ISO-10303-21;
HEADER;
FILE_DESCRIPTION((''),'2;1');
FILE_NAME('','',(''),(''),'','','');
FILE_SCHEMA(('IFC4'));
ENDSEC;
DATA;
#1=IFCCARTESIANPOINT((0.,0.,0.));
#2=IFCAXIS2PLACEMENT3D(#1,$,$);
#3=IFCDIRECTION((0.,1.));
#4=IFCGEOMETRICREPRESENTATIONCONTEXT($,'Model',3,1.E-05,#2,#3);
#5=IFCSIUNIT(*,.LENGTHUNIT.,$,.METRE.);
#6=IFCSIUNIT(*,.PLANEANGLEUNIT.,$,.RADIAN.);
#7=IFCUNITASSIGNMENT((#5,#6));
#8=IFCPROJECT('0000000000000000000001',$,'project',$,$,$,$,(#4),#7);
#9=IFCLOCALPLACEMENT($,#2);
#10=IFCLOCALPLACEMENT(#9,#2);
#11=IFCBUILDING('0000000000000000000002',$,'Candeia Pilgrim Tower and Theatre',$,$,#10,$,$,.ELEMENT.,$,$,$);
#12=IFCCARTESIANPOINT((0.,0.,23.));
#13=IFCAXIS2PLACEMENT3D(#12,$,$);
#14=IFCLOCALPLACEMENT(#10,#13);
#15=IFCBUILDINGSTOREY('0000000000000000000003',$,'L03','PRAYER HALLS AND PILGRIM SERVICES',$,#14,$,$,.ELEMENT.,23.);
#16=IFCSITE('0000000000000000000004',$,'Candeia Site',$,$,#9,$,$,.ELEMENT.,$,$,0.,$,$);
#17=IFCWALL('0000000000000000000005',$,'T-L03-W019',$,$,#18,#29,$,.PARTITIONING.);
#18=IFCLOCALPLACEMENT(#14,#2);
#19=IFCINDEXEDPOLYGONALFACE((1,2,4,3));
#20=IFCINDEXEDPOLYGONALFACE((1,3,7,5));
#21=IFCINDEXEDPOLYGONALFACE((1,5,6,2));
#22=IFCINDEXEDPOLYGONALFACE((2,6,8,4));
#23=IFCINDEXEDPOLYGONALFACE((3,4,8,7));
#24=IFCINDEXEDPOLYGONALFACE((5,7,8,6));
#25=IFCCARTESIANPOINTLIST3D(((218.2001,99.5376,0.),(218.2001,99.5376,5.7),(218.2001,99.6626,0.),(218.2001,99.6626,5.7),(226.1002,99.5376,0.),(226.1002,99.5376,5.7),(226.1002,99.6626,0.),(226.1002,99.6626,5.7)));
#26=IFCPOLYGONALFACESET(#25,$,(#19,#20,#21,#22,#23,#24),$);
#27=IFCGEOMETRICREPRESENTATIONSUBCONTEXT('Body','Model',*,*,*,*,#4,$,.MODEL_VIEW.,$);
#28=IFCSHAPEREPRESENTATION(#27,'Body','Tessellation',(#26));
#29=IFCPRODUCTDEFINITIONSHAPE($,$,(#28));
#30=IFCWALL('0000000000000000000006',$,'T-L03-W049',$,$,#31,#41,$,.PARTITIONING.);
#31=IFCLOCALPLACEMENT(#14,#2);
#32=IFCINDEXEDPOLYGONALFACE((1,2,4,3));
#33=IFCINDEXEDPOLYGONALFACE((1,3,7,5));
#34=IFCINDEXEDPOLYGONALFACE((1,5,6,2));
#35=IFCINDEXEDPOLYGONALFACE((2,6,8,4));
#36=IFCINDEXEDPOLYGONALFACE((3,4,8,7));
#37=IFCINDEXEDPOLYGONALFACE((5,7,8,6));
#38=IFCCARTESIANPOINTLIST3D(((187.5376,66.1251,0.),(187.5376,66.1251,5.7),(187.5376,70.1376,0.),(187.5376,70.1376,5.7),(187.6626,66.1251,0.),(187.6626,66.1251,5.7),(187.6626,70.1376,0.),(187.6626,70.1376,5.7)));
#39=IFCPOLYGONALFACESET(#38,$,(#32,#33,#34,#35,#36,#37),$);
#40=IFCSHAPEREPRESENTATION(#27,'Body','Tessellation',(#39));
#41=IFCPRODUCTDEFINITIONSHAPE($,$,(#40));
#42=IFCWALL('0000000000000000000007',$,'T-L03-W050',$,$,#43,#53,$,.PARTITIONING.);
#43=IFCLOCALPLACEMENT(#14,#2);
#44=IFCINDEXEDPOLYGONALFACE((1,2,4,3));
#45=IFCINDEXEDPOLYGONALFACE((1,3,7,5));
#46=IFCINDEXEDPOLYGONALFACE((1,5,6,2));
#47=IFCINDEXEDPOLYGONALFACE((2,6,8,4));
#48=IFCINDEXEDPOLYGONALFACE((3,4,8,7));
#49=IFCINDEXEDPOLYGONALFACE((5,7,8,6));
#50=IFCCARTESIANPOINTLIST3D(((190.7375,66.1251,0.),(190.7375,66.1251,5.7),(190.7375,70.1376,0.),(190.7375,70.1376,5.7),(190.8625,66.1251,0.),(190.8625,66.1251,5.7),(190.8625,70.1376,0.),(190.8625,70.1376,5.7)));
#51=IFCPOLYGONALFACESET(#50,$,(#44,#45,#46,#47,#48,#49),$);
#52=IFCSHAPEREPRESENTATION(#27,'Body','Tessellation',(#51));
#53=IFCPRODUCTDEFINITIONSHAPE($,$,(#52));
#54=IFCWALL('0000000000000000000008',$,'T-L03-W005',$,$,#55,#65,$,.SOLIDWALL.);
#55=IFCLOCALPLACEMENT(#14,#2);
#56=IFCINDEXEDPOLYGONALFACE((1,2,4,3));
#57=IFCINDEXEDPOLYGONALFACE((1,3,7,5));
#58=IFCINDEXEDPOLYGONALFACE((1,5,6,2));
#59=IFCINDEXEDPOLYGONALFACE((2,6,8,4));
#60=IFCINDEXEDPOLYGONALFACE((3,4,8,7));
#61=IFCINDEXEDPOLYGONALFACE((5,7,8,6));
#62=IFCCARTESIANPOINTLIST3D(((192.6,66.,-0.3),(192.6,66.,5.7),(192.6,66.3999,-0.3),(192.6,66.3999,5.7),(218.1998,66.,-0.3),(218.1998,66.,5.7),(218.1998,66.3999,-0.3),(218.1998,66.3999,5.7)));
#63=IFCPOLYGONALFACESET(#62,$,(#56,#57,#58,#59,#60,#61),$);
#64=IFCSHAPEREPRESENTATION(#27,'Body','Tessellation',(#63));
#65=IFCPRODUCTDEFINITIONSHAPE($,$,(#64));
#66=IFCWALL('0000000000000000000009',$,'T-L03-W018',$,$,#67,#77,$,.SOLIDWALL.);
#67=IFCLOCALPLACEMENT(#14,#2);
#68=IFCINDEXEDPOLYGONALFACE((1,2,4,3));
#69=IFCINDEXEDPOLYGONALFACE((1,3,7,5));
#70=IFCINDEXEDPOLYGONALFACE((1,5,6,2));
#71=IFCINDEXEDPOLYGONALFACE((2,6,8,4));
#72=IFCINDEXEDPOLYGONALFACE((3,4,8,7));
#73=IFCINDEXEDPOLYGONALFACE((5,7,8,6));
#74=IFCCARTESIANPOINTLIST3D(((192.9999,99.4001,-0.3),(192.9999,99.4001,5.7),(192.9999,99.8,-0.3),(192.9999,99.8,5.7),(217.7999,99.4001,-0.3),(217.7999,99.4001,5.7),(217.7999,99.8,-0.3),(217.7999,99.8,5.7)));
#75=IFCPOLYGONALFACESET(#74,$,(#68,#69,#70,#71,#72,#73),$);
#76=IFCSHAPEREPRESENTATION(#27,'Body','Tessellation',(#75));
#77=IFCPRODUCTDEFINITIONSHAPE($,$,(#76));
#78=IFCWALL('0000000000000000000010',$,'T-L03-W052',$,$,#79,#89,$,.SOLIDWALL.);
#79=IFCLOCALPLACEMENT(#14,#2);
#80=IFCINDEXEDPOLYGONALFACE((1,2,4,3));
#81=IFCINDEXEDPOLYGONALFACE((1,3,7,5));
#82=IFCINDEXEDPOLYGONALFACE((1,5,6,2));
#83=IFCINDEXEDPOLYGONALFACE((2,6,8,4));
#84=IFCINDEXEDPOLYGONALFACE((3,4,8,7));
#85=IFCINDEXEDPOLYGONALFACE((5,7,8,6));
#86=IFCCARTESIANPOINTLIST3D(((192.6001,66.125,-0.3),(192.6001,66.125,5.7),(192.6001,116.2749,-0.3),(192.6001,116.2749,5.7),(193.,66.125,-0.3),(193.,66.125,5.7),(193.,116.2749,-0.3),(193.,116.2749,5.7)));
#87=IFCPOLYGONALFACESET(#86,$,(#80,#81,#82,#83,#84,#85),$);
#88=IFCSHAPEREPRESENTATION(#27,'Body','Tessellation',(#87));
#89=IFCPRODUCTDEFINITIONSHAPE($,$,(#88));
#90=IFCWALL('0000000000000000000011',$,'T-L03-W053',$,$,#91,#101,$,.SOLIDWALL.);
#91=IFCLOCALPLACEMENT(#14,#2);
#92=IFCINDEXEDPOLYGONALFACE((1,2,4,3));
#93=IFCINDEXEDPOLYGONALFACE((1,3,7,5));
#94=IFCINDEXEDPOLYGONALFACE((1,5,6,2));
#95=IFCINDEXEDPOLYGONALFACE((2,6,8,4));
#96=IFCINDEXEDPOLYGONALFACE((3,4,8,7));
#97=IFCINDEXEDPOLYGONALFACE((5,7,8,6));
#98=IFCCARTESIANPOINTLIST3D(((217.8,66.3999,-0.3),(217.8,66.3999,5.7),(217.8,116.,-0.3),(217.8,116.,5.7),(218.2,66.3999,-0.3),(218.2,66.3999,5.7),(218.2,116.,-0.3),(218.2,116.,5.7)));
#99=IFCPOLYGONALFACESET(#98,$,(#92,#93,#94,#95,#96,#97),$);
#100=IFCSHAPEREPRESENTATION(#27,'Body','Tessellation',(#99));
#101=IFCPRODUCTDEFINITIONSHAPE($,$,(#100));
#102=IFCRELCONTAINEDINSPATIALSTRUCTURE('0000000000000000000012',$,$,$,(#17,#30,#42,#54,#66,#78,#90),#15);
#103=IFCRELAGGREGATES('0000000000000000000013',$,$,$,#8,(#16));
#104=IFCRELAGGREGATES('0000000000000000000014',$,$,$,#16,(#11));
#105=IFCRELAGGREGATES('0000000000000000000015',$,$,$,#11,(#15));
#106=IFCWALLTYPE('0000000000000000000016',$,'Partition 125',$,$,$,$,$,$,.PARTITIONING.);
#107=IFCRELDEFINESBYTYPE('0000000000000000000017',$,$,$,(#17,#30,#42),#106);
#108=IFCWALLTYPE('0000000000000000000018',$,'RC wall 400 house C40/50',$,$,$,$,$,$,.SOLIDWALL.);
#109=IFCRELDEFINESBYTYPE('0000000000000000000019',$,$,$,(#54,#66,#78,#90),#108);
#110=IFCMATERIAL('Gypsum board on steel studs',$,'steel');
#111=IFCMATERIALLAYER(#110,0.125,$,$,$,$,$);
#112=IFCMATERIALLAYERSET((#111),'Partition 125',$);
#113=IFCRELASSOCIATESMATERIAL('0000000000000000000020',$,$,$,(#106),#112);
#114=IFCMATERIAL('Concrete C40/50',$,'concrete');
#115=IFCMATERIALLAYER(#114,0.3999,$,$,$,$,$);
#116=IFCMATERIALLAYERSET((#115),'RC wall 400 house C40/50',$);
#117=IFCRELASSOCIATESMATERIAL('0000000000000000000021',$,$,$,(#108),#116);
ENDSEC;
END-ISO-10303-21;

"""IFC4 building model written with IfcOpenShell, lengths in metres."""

from ifc_helpers import new_model, si_unit, direction, frame, frame_2d, origin, place, context, subcontext, project, spatial, rectangle, extrude, material, layer, layer_set, type_object, element, save


model = new_model("IFC4")

# Units and contexts
model_context = context("Model", 3, precision=1e-05, world=origin(), true_north=direction((0.0, 1.0)))
body_context = subcontext(model_context, "Body", "Model", "MODEL_VIEW")
ifc_project = project(units=[si_unit("LENGTHUNIT", "METRE"), si_unit("PLANEANGLEUNIT", "RADIAN")], contexts=[model_context])

# Site, building, storey
site_placement = place(None, origin())
site = spatial("IfcSite", under=ifc_project, at=site_placement, Name="Candeia Site", CompositionType="ELEMENT", RefElevation=0.0)
building_placement = place(site_placement, origin())
building = spatial("IfcBuilding", under=site, at=building_placement, Name="Candeia Pilgrim Tower and Theatre", CompositionType="ELEMENT")
storey_placement = place(building_placement, frame((0.0, 0.0, 23.0)))
storey = spatial("IfcBuildingStorey", under=building, at=storey_placement, Name="L03", Description="PRAYER HALLS AND PILGRIM SERVICES", CompositionType="ELEMENT", Elevation=23.0)

# Shared definitions
ifc_material_1 = material(Name="Concrete C40/50", Category="concrete")

# Shared definitions
ifc_material_2 = material(Name="Gypsum board on steel studs", Category="steel")
ifc_layer_1 = layer(ifc_material_2, 0.125)
ifc_layer_set_1 = layer_set([ifc_layer_1], Name="Partition 125")
wall_type_1 = type_object("IfcWallType", Name="Partition 125", PredefinedType="PARTITIONING", material=ifc_layer_set_1)

# Walls
wall_1_placement = place(storey_placement, frame((218.2, 99.6001, 0.0), z_axis=(0.0, 0.0, 1.0), x_axis=(1.0, 0.0, 0.0)))
element("IfcWall", 1, at=wall_1_placement, inside=storey, type_object=wall_type_1, Name="T-L03-W019", PredefinedType="PARTITIONING", context=body_context, shape_type="SweptSolid", body=[
    extrude(rectangle(XDim=7.9001, YDim=0.125, at=frame_2d((3.9502, 0.0))), origin(), (0.0, 0.0, 1.0), 5.7),
])
for number, where, z_axis, x_axis, name in (
    (2, (187.6001, 66.125, 0.0), (0.0, 0.0, 1.0), (0.0, 1.0, 0.0), "T-L03-W049"),
    (3, (190.8, 66.125, 0.0), (0.0, 0.0, 1.0), (0.0, 1.0, 0.0), "T-L03-W050"),
):
    element("IfcWall", number, at=place(storey_placement, frame(where, z_axis=z_axis, x_axis=x_axis)), inside=storey, type_object=wall_type_1, Name=name, PredefinedType="PARTITIONING", context=body_context, shape_type="SweptSolid", body=[
        extrude(rectangle(XDim=4.0125, YDim=0.125, at=frame_2d((2.0063, 0.0))), origin(), (0.0, 0.0, 1.0), 5.7),
    ])
ifc_layer_2 = layer(ifc_material_1, 0.3999)
ifc_layer_set_2 = layer_set([ifc_layer_2], Name="RC wall 400 house C40/50")
wall_type_2 = type_object("IfcWallType", Name="RC wall 400 house C40/50", PredefinedType="SOLIDWALL", material=ifc_layer_set_2)
wall_2_placement = place(storey_placement, frame((192.6001, 66.2, -0.3), z_axis=(0.0, 0.0, 1.0), x_axis=(1.0, 0.0, 0.0)))
element("IfcWall", 4, at=wall_2_placement, inside=storey, type_object=wall_type_2, Name="T-L03-W005", PredefinedType="SOLIDWALL", context=body_context, shape_type="SweptSolid", body=[
    extrude(rectangle(XDim=25.5999, YDim=0.3999, at=frame_2d((12.7998, 0.0))), origin(), (0.0, 0.0, 1.0), 6.0),
])
wall_3_placement = place(storey_placement, frame((193.0, 99.6001, -0.3), z_axis=(0.0, 0.0, 1.0), x_axis=(1.0, 0.0, 0.0)))
element("IfcWall", 5, at=wall_3_placement, inside=storey, type_object=wall_type_2, Name="T-L03-W018", PredefinedType="SOLIDWALL", context=body_context, shape_type="SweptSolid", body=[
    extrude(rectangle(XDim=24.8, YDim=0.3999, at=frame_2d((12.3999, 0.0))), origin(), (0.0, 0.0, 1.0), 6.0),
])
wall_4_placement = place(storey_placement, frame((192.8, 66.125, -0.3), z_axis=(0.0, 0.0, 1.0), x_axis=(0.0, 1.0, 0.0)))
element("IfcWall", 6, at=wall_4_placement, inside=storey, type_object=wall_type_2, Name="T-L03-W052", PredefinedType="SOLIDWALL", context=body_context, shape_type="SweptSolid", body=[
    extrude(rectangle(XDim=50.1499, YDim=0.3999, at=frame_2d((25.075, 0.0))), origin(), (0.0, 0.0, 1.0), 6.0),
])
wall_5_placement = place(storey_placement, frame((218.0, 66.3999, -0.3), z_axis=(0.0, 0.0, 1.0), x_axis=(0.0, 1.0, 0.0)))
element("IfcWall", 7, at=wall_5_placement, inside=storey, type_object=wall_type_2, Name="T-L03-W053", PredefinedType="SOLIDWALL", context=body_context, shape_type="SweptSolid", body=[
    extrude(rectangle(XDim=49.6001, YDim=0.3999, at=frame_2d((24.8, 0.0))), origin(), (0.0, 0.0, 1.0), 6.0),
])

save(model, "model.ifc")
